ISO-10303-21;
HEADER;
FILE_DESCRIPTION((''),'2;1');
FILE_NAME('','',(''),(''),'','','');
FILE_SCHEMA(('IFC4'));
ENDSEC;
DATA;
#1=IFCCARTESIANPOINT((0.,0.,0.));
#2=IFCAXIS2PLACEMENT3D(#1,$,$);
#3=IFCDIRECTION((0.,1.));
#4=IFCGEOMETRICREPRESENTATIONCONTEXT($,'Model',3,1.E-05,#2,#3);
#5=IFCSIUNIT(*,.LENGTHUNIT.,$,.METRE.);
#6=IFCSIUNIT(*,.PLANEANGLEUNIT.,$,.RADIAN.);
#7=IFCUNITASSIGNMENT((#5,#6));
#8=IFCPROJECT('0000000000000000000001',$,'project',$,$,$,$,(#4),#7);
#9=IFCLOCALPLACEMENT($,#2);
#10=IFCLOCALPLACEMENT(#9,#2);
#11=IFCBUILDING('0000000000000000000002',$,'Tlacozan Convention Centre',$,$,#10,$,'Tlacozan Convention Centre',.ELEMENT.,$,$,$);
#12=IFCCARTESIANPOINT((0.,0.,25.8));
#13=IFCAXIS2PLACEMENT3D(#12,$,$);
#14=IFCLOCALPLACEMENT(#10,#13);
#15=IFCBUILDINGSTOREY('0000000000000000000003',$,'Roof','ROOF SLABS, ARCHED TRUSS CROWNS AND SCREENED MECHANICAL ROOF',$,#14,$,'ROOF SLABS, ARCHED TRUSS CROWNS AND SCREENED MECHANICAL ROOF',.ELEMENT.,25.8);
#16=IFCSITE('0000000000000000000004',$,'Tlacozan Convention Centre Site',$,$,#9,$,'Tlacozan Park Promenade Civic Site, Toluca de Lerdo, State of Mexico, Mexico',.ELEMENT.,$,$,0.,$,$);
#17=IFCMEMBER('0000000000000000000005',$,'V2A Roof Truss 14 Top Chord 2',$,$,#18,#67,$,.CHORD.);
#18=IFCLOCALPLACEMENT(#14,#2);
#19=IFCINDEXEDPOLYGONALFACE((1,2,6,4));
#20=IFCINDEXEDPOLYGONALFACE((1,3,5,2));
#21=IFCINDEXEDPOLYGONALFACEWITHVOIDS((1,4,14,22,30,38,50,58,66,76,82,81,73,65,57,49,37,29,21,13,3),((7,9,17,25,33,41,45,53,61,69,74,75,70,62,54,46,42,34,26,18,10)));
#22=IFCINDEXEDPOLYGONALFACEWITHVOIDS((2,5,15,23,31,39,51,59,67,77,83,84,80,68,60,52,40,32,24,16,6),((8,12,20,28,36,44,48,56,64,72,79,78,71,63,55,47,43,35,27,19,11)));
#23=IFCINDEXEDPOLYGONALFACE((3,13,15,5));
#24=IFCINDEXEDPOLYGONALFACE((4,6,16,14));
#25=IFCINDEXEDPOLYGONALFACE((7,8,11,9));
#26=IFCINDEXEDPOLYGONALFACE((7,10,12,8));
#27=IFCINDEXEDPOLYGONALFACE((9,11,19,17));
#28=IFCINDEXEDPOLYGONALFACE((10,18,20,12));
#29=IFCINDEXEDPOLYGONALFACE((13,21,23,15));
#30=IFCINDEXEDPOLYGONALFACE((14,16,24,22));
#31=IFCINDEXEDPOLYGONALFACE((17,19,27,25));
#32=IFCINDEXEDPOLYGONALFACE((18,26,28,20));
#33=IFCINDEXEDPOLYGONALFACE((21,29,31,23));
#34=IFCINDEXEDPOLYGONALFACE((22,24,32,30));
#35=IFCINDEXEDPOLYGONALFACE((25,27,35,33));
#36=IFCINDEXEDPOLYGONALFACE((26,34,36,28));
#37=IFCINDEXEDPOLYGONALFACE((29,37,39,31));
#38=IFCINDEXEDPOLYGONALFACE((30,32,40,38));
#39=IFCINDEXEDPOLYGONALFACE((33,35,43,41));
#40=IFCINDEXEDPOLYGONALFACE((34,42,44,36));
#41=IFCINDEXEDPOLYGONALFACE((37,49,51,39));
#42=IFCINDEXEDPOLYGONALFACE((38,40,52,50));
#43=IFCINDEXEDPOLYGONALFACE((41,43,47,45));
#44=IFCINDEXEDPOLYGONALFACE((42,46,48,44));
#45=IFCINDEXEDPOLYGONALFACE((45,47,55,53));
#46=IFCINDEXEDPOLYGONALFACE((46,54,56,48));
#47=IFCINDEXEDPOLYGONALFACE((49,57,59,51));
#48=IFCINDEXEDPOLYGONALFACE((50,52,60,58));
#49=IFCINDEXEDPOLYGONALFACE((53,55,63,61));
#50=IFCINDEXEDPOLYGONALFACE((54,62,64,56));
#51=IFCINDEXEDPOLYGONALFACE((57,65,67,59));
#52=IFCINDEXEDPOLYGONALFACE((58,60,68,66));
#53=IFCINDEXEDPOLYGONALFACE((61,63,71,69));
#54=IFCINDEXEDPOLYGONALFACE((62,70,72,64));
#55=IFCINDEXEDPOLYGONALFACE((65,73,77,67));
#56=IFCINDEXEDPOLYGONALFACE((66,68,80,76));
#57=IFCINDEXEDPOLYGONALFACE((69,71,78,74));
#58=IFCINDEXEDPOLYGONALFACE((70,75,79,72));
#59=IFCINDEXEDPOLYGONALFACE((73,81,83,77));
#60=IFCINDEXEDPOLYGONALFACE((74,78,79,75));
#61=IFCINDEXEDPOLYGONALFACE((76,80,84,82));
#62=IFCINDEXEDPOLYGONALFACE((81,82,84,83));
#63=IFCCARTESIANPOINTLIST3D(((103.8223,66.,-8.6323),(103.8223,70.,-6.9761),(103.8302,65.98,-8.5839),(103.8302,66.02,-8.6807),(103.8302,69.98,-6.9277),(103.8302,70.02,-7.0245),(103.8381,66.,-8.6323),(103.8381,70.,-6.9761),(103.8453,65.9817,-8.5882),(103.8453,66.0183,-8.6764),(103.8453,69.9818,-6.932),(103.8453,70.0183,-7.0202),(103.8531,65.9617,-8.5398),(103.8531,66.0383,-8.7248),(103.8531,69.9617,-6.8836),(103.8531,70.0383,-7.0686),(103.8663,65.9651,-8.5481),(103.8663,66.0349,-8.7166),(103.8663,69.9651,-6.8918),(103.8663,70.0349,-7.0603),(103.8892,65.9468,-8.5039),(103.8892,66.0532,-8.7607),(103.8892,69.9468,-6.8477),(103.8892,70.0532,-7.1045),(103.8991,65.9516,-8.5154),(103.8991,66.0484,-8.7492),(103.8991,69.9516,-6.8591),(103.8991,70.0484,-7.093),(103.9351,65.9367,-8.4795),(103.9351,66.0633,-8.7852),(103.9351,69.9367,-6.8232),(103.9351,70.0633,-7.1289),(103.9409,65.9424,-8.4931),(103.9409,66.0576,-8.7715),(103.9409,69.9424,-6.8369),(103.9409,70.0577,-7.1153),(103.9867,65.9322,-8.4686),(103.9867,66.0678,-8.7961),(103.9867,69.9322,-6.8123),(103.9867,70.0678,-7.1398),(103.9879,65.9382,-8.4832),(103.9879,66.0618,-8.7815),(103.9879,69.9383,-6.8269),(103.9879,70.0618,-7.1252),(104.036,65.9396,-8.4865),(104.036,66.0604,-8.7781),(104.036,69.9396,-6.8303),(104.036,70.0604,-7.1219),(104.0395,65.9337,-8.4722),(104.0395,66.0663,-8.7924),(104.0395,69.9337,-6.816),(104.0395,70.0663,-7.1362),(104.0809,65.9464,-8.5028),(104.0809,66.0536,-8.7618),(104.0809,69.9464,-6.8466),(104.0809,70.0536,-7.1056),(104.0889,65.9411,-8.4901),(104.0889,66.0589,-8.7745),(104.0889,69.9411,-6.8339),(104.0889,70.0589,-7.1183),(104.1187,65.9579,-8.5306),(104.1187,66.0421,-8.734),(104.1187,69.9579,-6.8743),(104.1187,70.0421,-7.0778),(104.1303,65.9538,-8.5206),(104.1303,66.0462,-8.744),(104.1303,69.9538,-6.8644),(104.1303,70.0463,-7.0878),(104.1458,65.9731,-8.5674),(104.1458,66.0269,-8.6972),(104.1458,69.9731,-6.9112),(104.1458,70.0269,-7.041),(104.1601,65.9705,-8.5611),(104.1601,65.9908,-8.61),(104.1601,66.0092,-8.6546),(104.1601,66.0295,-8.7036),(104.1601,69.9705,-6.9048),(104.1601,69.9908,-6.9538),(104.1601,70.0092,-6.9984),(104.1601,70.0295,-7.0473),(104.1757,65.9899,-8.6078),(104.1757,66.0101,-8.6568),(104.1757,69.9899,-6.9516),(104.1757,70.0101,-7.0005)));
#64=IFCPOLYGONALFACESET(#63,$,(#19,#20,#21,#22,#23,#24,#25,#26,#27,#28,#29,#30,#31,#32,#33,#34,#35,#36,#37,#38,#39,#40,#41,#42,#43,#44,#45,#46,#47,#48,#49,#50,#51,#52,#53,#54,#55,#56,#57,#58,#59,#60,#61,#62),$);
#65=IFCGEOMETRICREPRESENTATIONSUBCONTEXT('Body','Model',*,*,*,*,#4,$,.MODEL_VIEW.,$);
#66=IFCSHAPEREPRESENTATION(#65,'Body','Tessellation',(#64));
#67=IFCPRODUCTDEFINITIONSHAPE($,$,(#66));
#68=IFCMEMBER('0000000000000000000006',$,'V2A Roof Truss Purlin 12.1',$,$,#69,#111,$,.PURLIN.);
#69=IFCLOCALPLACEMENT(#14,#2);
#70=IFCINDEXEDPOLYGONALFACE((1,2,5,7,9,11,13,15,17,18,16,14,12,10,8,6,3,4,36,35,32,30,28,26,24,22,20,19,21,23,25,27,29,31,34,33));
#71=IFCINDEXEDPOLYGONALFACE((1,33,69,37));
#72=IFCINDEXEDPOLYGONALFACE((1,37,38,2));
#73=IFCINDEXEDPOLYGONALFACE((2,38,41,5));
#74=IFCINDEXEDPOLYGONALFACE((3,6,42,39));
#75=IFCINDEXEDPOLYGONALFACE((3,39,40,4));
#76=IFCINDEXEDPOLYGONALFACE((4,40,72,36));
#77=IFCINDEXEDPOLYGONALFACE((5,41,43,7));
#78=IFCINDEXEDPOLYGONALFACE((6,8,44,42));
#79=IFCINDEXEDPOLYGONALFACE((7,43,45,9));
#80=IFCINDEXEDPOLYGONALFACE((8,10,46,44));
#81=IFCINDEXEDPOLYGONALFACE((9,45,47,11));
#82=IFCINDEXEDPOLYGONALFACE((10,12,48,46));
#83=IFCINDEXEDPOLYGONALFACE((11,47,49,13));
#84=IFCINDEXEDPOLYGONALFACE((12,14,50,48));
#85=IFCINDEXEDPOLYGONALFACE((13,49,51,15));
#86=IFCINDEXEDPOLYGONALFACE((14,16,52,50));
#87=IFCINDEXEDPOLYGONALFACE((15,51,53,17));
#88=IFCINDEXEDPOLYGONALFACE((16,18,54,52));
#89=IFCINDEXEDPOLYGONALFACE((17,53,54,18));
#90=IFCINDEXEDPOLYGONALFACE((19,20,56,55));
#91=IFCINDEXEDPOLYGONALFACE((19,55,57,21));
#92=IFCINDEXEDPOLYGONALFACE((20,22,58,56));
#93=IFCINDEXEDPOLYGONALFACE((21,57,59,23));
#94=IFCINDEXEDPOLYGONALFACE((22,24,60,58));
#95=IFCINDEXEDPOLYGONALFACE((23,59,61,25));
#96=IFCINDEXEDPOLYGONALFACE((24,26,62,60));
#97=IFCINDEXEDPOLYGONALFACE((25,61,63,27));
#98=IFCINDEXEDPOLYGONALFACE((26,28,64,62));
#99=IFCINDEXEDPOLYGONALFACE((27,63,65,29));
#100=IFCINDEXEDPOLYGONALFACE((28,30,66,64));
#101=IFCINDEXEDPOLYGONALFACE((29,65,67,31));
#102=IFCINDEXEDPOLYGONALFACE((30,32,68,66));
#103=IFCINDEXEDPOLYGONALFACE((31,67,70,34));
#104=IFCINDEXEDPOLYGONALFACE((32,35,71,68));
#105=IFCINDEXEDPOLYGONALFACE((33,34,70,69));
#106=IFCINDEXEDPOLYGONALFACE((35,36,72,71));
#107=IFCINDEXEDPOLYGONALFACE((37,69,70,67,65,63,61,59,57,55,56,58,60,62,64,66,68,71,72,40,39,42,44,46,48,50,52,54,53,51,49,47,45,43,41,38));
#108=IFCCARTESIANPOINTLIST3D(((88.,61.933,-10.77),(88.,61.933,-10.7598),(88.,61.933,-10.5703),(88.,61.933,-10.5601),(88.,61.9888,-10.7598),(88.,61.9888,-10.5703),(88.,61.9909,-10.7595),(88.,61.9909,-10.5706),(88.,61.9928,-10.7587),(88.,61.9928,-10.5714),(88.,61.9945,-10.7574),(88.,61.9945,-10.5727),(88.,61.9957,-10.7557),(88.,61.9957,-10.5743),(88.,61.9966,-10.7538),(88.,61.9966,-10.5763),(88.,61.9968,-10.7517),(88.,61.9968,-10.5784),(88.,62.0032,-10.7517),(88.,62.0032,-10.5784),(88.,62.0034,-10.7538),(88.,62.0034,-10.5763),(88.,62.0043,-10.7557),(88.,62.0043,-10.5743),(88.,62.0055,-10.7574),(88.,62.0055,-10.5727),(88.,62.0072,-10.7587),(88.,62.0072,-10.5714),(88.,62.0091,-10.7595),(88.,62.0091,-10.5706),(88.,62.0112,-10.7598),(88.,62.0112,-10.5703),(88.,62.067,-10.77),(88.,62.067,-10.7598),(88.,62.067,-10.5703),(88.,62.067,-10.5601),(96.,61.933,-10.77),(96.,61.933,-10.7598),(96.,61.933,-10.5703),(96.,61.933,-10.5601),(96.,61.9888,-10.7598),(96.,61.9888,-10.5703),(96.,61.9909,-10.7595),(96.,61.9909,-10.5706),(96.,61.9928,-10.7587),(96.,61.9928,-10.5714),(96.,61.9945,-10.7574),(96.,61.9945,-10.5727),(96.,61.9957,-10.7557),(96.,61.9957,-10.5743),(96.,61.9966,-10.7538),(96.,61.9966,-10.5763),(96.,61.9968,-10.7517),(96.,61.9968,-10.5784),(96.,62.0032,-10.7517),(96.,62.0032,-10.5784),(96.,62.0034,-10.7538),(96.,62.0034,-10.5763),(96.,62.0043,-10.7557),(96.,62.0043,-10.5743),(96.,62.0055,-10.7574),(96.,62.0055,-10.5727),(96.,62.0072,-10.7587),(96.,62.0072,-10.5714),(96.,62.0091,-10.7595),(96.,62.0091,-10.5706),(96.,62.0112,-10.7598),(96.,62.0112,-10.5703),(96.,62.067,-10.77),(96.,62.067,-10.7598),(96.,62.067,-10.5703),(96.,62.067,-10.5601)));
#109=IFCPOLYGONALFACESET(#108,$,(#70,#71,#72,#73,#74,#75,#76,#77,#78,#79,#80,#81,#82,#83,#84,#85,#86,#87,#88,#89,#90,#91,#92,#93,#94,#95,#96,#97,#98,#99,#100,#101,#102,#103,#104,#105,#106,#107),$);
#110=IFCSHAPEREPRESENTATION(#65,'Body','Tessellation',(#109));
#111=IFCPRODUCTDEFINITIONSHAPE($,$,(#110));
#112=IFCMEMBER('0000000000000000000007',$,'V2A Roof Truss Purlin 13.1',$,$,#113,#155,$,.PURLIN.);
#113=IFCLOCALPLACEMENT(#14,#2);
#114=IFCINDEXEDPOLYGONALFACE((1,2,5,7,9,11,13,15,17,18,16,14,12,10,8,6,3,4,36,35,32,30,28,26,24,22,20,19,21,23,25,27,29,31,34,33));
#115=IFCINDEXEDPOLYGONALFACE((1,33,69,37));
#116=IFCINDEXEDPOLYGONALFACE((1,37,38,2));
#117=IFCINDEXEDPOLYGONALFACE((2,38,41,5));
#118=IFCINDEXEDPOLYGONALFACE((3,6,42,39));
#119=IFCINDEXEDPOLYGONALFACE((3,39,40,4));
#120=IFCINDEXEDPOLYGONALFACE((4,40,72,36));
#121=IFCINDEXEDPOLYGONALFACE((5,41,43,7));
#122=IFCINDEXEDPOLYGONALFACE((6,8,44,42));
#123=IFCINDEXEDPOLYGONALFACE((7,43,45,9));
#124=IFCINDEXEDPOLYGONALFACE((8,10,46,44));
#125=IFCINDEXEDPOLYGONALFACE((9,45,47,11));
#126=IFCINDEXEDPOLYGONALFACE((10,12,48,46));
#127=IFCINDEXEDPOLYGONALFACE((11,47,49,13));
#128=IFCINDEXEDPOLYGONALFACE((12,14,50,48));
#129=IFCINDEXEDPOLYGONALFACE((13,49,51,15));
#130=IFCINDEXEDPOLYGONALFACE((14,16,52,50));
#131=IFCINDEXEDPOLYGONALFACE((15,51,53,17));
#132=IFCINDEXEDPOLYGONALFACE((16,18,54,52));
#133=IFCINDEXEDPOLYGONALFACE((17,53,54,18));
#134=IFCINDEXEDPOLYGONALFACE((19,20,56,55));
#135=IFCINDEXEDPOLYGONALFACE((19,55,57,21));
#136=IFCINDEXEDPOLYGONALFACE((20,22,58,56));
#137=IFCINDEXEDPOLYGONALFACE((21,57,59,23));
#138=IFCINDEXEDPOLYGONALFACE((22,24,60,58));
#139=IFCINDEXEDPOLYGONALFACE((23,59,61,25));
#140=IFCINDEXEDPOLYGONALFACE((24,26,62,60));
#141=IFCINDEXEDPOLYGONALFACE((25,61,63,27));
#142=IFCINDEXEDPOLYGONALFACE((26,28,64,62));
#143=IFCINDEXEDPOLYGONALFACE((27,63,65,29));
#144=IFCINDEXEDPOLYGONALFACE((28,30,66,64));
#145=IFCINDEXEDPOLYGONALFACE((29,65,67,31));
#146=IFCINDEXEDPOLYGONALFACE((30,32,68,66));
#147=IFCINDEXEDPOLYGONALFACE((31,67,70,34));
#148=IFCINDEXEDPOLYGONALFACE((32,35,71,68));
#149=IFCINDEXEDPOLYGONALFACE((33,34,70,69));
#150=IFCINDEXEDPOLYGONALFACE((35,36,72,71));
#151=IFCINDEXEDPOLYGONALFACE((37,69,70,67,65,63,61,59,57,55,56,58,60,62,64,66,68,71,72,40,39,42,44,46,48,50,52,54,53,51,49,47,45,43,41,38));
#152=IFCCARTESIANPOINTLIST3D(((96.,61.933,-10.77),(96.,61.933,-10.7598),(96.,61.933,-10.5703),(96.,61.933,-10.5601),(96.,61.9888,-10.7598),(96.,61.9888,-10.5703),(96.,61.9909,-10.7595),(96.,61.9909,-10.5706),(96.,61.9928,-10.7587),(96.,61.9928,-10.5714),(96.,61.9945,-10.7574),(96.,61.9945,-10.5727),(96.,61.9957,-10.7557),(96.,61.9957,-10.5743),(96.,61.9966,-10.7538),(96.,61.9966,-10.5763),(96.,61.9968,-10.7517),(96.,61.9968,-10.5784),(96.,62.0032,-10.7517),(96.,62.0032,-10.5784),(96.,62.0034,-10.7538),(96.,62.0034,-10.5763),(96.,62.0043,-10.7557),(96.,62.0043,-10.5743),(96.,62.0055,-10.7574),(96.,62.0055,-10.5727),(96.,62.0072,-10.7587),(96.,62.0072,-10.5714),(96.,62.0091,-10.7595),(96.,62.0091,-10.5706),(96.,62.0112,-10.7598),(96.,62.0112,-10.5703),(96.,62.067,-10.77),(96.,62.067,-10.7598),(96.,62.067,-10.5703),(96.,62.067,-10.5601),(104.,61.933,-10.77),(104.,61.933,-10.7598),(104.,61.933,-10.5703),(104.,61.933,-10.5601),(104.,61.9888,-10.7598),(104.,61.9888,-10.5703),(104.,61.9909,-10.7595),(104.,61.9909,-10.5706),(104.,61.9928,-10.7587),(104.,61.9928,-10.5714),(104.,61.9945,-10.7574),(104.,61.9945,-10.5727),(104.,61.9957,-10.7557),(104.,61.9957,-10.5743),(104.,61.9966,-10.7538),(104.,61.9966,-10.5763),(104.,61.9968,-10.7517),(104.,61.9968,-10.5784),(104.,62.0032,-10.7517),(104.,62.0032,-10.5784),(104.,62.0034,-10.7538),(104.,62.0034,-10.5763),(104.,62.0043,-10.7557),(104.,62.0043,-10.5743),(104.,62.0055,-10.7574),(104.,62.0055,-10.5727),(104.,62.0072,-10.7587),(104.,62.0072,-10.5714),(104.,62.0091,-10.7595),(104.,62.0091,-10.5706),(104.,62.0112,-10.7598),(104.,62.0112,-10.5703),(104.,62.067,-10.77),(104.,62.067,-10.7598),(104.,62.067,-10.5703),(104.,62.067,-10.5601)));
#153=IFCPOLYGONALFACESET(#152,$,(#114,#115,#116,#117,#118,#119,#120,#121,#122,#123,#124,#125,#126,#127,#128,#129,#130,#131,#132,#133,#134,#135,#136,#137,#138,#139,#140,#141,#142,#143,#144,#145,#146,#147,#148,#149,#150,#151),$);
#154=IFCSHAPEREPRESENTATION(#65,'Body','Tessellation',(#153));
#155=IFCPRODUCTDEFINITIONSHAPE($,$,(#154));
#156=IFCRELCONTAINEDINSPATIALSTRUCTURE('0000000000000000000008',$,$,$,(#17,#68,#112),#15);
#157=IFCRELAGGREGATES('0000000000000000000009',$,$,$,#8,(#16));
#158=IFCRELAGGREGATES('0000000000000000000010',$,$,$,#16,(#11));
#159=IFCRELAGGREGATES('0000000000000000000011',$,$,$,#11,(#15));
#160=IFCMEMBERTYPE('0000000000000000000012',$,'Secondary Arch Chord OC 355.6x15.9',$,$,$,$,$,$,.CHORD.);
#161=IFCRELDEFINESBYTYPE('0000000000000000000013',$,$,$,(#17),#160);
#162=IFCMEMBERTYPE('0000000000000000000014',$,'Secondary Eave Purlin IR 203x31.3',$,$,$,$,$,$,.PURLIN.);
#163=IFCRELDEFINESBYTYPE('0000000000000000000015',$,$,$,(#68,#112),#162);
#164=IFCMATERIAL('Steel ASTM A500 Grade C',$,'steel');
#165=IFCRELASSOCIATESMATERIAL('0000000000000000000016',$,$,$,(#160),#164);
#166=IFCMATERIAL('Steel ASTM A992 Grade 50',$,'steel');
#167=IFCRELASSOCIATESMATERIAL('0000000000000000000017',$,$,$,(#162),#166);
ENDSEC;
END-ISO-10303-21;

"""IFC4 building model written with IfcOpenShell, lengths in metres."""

from ifc_helpers import new_model, si_unit, direction, frame, origin, origin_2d, place, context, subcontext, project, spatial, hollow_circle, i_section, extrude, material, material_profile, profile_set, type_object, element, save


model = new_model("IFC4")

# Units and contexts
model_context = context("Model", 3, precision=1e-05, world=origin(), true_north=direction((0.0, 1.0)))
body_context = subcontext(model_context, "Body", "Model", "MODEL_VIEW")
ifc_project = project(units=[si_unit("LENGTHUNIT", "METRE"), si_unit("PLANEANGLEUNIT", "RADIAN")], contexts=[model_context])

# Site, building, storey
site_placement = place(None, origin())
site = spatial("IfcSite", under=ifc_project, at=site_placement, Name="Tlacozan Convention Centre Site", LongName="Tlacozan Park Promenade Civic Site, Toluca de Lerdo, State of Mexico, Mexico", CompositionType="ELEMENT", RefElevation=0.0)
building_placement = place(site_placement, origin())
building = spatial("IfcBuilding", under=site, at=building_placement, Name="Tlacozan Convention Centre", LongName="Tlacozan Convention Centre", CompositionType="ELEMENT")
storey_placement = place(building_placement, frame((0.0, 0.0, 25.8)))
storey = spatial("IfcBuildingStorey", under=building, at=storey_placement, Name="Roof", Description="ROOF SLABS, ARCHED TRUSS CROWNS AND SCREENED MECHANICAL ROOF", LongName="ROOF SLABS, ARCHED TRUSS CROWNS AND SCREENED MECHANICAL ROOF", CompositionType="ELEMENT", Elevation=25.8)

# Members
ifc_material_1 = material(Name="Steel ASTM A500 Grade C", Category="steel")
ifc_material_profile_1 = material_profile(ifc_material_1, hollow_circle(Radius=0.1777, WallThickness=0.0159, at=origin_2d()), Name="OC 355.6x15.9")
ifc_profile_set_1 = profile_set([ifc_material_profile_1], Name="Steel ASTM A500 Grade C")
member_type_1 = type_object("IfcMemberType", Name="Secondary Arch Chord OC 355.6x15.9", PredefinedType="CHORD", material=ifc_profile_set_1)
member_1_placement = place(storey_placement, frame((104.0, 66.0, -8.6323), z_axis=(0.0, 0.923929, 0.382564), x_axis=(-1.0, 0.0, 0.0)))
element("IfcMember", 1, at=member_1_placement, inside=storey, type_object=member_type_1, Name="V2A Roof Truss 14 Top Chord 2", PredefinedType="CHORD", context=body_context, shape_type="SweptSolid", body=[
    extrude(hollow_circle(Radius=0.1777, WallThickness=0.0159, at=origin_2d()), origin(), (0.0, 0.0, 1.0), 4.3293),
])
ifc_material_2 = material(Name="Steel ASTM A992 Grade 50", Category="steel")
ifc_material_profile_2 = material_profile(ifc_material_2, i_section(OverallWidth=0.134, OverallDepth=0.21, WebThickness=0.0063, FlangeThickness=0.0103, FilletRadius=0.0081, at=origin_2d()), Name="IR 203x31.3")
ifc_profile_set_2 = profile_set([ifc_material_profile_2], Name="Steel ASTM A992 Grade 50")
member_type_2 = type_object("IfcMemberType", Name="Secondary Eave Purlin IR 203x31.3", PredefinedType="PURLIN", material=ifc_profile_set_2)
for number, where, z_axis, x_axis, name in (
    (2, (88.0, 62.0, -10.665), (1.0, 0.0, 0.0), (0.0, 1.0, 0.0), "V2A Roof Truss Purlin 12.1"),
    (3, (96.0, 62.0, -10.665), (1.0, 0.0, 0.0), (0.0, 1.0, 0.0), "V2A Roof Truss Purlin 13.1"),
):
    element("IfcMember", number, at=place(storey_placement, frame(where, z_axis=z_axis, x_axis=x_axis)), inside=storey, type_object=member_type_2, Name=name, PredefinedType="PURLIN", context=body_context, shape_type="SweptSolid", body=[
        extrude(i_section(OverallWidth=0.134, OverallDepth=0.21, WebThickness=0.0063, FlangeThickness=0.0103, FilletRadius=0.0081, at=origin_2d()), origin(), (0.0, 0.0, 1.0), 8.0),
    ])

save(model, "model.ifc")
